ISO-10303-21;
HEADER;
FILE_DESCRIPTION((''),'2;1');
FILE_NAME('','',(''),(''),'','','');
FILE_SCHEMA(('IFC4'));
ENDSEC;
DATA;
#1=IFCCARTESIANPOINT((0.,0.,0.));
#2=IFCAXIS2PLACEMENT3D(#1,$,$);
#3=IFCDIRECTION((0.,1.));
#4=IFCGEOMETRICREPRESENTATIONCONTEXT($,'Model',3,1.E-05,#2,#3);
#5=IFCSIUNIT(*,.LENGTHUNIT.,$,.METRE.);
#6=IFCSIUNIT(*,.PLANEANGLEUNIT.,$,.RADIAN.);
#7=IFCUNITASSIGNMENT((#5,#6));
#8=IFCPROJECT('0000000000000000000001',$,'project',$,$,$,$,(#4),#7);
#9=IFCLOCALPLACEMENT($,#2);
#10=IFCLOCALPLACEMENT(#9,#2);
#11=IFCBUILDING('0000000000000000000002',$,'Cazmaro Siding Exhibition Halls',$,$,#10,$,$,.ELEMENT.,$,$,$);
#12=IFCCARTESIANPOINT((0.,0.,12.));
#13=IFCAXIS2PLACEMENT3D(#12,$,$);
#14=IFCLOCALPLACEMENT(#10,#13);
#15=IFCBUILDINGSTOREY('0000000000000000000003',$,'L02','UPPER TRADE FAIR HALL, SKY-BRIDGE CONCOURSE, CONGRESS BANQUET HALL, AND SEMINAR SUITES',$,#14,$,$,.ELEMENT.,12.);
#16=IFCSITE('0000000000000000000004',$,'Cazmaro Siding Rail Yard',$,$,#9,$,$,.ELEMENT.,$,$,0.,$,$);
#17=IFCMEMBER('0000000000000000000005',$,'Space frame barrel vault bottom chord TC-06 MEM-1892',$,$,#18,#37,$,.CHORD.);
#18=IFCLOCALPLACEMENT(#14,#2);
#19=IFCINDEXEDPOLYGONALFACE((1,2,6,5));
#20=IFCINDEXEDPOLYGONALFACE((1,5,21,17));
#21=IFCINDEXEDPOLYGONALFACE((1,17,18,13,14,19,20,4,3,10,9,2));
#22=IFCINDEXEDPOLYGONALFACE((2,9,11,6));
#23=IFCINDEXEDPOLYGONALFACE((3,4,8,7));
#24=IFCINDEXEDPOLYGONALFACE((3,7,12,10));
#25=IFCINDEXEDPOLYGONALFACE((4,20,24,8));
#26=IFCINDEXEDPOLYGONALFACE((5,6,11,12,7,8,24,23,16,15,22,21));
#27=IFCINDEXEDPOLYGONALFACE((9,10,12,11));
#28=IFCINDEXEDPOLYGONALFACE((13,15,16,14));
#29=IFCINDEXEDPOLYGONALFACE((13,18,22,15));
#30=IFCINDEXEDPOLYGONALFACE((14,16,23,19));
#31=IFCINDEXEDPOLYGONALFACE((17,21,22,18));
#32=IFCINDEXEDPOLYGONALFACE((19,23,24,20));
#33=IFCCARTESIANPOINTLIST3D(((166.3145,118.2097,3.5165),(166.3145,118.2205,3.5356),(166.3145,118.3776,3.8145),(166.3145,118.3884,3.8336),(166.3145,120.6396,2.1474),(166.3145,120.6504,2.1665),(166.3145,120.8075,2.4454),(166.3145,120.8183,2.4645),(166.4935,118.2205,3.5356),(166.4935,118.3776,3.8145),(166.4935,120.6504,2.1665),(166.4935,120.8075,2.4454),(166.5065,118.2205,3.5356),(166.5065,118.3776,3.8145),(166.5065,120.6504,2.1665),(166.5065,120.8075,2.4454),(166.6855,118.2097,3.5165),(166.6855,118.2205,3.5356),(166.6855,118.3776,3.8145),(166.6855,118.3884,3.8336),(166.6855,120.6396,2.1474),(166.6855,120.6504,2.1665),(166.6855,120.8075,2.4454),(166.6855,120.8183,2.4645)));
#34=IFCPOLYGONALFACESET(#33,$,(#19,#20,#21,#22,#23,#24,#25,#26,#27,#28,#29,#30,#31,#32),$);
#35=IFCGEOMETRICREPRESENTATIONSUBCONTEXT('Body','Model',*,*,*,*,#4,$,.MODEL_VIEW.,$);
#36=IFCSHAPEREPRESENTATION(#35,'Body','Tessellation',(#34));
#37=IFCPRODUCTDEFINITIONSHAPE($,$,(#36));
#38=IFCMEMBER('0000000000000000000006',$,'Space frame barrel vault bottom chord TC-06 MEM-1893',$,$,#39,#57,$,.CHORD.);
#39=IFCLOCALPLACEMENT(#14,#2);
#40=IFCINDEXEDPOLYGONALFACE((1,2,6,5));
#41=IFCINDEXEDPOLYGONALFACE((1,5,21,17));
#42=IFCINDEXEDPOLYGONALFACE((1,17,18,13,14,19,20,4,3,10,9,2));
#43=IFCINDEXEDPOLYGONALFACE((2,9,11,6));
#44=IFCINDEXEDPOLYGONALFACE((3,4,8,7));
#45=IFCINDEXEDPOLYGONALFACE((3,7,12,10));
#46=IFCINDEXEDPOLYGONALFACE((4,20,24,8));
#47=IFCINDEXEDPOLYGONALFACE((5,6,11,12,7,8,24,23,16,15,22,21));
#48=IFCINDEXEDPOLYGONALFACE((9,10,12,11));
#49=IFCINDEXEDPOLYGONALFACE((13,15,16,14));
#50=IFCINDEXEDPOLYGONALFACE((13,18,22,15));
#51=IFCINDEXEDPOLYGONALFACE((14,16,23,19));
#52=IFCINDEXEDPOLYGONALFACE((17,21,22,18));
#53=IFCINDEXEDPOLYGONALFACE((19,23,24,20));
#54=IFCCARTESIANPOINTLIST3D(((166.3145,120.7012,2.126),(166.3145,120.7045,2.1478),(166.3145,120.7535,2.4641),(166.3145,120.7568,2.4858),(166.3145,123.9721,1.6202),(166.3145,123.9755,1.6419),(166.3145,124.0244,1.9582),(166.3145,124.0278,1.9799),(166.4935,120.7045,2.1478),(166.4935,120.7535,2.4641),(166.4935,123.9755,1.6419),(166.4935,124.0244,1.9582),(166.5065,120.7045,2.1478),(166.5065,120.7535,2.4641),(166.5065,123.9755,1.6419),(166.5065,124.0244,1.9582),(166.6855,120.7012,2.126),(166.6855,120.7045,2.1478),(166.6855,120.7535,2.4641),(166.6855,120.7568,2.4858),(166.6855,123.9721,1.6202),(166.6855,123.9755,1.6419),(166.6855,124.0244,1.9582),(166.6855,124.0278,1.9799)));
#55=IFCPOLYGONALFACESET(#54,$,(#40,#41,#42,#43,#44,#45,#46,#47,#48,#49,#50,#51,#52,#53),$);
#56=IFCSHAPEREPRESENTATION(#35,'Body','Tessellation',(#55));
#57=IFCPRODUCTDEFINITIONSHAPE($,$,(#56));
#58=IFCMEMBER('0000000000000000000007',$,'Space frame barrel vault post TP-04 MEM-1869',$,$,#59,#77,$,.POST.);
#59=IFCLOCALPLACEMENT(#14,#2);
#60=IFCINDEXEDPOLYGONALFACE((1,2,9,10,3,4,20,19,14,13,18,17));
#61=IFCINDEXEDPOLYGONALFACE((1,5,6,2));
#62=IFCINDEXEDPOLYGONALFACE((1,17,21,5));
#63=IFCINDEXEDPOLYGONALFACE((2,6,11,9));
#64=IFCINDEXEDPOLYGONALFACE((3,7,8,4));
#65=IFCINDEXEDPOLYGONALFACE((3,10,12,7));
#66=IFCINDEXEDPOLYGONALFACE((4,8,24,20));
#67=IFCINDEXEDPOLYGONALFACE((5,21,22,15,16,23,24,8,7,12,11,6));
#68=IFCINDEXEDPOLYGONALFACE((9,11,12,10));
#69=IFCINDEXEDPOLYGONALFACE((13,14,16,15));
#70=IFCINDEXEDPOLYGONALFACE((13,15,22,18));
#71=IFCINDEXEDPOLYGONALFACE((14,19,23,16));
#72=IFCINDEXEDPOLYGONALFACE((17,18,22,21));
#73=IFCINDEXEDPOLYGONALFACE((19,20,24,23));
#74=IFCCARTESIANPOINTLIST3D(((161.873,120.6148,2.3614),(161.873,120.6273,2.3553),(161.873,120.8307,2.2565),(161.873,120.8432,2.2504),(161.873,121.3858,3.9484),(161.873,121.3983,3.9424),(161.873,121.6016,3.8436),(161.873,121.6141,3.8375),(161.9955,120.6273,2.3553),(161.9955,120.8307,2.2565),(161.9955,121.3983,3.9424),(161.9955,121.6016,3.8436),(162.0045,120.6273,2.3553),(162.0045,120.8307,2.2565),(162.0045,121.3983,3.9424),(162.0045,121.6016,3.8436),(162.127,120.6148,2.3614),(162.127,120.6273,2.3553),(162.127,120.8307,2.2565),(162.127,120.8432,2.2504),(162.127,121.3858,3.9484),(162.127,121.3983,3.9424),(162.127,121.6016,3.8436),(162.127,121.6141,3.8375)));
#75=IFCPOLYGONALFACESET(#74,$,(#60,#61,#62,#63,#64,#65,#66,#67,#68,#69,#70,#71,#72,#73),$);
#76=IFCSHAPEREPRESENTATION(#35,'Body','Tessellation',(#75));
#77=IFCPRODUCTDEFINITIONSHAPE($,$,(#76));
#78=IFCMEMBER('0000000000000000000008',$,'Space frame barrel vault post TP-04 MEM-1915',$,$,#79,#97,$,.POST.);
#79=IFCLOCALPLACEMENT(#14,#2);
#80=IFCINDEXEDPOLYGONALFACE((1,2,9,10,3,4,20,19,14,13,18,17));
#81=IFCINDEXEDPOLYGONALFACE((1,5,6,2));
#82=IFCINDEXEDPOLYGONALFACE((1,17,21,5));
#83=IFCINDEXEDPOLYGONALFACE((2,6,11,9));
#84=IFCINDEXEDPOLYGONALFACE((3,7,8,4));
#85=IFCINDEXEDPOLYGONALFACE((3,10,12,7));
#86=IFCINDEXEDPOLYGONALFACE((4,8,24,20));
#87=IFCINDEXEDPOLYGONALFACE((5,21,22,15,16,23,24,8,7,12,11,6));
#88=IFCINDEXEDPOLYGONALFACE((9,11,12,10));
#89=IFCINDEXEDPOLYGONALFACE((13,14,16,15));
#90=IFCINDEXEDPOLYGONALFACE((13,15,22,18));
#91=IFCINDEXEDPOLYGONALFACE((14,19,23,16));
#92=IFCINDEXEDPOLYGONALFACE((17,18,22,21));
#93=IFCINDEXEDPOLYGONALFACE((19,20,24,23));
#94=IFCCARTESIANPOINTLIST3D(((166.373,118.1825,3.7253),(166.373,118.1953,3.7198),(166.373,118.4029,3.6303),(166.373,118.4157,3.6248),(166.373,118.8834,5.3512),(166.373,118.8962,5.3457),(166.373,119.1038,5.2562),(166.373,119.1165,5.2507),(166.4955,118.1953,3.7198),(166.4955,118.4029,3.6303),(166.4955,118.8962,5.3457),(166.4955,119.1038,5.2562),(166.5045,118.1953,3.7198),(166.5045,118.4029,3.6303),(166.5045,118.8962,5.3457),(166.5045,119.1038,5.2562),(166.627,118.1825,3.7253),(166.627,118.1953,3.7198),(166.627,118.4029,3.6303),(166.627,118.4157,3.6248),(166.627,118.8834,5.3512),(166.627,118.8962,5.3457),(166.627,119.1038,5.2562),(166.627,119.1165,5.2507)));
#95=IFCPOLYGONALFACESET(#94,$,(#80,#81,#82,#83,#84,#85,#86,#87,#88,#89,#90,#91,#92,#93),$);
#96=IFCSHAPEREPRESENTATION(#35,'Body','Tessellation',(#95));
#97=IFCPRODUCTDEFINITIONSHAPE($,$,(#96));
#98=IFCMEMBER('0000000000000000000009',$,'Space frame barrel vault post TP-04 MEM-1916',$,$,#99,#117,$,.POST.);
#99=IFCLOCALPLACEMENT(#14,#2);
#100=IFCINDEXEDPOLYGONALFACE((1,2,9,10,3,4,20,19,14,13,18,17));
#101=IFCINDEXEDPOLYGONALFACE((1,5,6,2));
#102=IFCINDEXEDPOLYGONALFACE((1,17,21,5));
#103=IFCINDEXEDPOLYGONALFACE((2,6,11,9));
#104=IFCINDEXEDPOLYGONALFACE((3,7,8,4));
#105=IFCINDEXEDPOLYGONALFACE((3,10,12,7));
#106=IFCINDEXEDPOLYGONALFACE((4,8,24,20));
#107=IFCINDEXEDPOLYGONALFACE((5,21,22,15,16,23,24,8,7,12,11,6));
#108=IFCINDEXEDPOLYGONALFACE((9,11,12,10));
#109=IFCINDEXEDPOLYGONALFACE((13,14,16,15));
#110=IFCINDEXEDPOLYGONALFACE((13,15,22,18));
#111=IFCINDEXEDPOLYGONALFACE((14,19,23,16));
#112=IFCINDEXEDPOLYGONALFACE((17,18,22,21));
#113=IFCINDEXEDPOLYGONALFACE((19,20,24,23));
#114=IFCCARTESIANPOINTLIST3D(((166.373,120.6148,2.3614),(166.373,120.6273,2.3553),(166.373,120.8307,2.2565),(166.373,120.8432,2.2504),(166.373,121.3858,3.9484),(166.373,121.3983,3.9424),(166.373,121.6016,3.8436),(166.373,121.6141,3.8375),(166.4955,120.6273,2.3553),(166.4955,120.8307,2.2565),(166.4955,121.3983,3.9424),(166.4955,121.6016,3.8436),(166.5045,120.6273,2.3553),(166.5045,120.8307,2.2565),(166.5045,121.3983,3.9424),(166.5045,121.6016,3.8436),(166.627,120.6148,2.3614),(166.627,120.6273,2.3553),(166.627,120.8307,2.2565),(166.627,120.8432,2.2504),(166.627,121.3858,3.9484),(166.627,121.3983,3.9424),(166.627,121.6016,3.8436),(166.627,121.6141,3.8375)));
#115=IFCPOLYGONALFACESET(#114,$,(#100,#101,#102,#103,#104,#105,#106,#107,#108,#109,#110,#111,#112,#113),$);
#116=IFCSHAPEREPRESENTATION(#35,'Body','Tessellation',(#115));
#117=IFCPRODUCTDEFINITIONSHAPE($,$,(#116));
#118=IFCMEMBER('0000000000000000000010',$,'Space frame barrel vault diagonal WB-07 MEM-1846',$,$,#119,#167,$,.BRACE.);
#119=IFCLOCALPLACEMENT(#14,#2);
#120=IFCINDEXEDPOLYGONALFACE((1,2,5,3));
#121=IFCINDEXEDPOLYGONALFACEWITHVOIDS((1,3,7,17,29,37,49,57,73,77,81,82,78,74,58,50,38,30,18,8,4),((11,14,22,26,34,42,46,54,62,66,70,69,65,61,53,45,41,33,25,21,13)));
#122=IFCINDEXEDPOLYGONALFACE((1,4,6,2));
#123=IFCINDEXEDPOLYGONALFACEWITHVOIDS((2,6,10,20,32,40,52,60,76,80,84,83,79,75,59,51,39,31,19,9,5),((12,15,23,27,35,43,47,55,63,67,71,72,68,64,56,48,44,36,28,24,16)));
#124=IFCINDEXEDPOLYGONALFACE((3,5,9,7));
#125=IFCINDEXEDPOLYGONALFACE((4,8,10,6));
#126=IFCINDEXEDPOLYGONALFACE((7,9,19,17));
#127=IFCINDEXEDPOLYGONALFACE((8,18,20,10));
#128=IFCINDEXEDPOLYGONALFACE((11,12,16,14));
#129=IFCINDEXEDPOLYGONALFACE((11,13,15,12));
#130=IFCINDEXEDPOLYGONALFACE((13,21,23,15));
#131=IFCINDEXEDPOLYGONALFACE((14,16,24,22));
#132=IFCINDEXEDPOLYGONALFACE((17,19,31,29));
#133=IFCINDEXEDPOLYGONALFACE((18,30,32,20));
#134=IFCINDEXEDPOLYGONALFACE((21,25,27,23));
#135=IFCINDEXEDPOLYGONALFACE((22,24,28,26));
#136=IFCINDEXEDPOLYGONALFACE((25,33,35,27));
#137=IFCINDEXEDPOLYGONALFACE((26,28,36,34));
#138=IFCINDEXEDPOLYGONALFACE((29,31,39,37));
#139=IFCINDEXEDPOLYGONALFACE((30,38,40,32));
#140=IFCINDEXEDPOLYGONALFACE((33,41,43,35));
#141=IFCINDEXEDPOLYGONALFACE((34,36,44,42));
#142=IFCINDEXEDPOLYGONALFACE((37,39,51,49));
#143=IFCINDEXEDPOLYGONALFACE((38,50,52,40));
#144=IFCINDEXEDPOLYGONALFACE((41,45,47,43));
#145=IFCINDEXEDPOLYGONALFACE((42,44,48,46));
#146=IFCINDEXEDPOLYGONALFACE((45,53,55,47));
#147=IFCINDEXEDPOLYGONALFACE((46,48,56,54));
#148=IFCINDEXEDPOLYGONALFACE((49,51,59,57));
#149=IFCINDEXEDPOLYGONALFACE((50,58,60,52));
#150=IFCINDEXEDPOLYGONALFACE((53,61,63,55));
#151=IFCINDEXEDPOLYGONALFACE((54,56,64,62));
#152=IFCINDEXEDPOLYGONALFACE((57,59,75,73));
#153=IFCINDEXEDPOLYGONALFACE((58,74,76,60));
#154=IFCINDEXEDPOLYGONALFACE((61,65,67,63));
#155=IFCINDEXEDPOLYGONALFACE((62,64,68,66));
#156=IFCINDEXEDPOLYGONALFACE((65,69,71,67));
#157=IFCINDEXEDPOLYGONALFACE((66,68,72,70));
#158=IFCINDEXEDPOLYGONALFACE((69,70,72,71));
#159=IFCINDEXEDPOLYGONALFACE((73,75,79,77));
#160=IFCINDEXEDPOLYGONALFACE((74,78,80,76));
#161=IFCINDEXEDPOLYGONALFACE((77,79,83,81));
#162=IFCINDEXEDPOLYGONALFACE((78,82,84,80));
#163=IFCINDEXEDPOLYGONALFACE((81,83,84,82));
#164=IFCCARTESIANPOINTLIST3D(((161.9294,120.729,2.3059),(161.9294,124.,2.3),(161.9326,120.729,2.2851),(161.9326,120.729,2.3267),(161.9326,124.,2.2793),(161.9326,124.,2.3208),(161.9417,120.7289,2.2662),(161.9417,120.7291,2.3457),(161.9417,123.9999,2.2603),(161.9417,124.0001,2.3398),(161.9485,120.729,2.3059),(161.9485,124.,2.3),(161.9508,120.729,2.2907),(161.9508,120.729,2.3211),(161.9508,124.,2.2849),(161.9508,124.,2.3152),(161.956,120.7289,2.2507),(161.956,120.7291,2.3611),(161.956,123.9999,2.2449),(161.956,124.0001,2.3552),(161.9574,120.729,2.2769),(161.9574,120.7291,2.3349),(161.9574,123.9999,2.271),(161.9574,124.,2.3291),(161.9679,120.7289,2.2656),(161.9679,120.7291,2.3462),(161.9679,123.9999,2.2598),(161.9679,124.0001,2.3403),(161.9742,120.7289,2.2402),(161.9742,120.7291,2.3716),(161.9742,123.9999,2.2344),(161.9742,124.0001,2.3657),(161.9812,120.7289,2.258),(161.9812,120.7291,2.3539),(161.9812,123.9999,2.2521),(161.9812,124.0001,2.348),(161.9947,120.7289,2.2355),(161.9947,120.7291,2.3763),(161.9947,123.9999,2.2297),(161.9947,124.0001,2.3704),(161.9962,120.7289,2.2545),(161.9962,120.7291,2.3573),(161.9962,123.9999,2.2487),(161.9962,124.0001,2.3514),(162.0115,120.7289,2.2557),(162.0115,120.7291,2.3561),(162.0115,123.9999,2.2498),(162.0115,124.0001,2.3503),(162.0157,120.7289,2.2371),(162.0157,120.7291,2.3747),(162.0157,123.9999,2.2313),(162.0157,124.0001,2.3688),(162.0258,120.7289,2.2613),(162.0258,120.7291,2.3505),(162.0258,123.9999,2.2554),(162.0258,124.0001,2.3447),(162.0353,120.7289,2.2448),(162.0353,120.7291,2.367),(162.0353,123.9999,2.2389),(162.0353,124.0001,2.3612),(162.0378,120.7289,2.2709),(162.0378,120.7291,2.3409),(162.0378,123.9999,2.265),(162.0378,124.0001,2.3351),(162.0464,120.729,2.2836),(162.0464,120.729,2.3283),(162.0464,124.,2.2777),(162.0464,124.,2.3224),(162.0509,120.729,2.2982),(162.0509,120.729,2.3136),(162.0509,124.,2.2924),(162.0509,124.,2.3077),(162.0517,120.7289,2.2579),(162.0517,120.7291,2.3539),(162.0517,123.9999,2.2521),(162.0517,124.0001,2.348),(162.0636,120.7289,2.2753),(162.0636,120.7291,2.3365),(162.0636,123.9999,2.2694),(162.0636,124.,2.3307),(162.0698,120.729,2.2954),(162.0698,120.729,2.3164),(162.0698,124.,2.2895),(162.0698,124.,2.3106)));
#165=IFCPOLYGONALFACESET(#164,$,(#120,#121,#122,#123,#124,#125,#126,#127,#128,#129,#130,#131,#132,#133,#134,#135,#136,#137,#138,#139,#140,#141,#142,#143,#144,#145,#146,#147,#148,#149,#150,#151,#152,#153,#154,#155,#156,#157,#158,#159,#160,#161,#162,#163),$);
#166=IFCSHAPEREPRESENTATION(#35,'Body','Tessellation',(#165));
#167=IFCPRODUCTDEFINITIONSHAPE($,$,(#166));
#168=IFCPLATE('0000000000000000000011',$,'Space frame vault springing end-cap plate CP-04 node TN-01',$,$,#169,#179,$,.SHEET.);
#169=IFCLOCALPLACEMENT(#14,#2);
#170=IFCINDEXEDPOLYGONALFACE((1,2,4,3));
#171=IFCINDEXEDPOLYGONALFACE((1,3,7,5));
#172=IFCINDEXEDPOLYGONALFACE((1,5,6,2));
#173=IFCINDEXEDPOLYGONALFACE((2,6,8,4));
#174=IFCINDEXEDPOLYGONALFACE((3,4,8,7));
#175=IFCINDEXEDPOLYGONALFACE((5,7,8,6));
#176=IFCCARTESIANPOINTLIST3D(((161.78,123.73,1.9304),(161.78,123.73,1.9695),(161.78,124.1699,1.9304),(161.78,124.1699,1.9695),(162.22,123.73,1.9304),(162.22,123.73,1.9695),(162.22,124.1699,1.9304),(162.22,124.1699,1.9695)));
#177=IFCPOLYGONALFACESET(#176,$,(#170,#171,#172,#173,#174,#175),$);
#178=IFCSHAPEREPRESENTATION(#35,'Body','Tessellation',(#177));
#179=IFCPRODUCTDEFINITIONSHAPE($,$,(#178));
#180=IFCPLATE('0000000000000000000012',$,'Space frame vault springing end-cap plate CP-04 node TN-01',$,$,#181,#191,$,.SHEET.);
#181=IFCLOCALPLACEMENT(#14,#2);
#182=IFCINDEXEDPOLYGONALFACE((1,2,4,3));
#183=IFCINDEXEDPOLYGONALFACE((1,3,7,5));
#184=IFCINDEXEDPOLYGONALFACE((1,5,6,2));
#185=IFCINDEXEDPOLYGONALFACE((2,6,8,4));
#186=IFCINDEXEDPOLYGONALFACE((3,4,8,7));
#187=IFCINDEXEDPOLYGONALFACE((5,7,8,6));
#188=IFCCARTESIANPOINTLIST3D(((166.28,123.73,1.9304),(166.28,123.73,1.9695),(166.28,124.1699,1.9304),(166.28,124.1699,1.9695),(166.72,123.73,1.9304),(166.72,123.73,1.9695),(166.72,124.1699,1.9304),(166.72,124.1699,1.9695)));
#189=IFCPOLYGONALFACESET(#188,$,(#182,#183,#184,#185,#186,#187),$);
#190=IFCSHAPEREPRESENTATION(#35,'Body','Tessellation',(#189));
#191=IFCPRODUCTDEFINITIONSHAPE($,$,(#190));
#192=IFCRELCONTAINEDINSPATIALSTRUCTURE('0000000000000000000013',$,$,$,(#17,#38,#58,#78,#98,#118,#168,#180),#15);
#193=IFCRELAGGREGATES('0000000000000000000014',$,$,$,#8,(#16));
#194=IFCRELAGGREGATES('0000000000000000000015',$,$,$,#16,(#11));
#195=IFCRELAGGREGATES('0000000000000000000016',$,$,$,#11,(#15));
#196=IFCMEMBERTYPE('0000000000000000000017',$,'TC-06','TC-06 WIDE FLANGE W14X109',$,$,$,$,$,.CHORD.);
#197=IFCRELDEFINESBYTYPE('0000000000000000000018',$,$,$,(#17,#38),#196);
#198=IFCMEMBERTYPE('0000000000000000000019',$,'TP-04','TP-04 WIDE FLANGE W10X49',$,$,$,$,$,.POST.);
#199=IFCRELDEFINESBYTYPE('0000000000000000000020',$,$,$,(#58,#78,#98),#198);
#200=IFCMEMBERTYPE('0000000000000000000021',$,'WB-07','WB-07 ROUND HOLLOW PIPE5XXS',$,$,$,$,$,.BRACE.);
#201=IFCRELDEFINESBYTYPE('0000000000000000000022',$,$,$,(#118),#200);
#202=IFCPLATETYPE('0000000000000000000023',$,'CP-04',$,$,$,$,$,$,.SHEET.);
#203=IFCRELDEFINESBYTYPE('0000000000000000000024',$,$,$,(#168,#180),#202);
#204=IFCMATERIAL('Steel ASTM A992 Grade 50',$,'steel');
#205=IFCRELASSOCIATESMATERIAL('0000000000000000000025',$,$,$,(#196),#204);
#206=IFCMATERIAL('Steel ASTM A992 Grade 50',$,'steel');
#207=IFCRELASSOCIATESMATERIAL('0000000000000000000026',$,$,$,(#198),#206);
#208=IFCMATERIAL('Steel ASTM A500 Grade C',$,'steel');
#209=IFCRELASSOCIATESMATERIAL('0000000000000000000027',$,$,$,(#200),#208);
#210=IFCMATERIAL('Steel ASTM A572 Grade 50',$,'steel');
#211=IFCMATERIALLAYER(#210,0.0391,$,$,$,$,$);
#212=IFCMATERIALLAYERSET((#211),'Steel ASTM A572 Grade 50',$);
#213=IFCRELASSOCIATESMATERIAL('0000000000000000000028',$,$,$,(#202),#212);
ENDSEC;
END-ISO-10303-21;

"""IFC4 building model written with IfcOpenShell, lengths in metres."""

from ifc_helpers import new_model, si_unit, direction, frame, origin, origin_2d, place, context, subcontext, project, spatial, rectangle, hollow_circle, i_section, extrude, material, layer, layer_set, material_profile, profile_set, type_object, element, save


model = new_model("IFC4")

# Units and contexts
model_context = context("Model", 3, precision=1e-05, world=origin(), true_north=direction((0.0, 1.0)))
body_context = subcontext(model_context, "Body", "Model", "MODEL_VIEW")
ifc_project = project(units=[si_unit("LENGTHUNIT", "METRE"), si_unit("PLANEANGLEUNIT", "RADIAN")], contexts=[model_context])

# Site, building, storey
site_placement = place(None, origin())
site = spatial("IfcSite", under=ifc_project, at=site_placement, Name="Cazmaro Siding Rail Yard", CompositionType="ELEMENT", RefElevation=0.0)
building_placement = place(site_placement, origin())
building = spatial("IfcBuilding", under=site, at=building_placement, Name="Cazmaro Siding Exhibition Halls", CompositionType="ELEMENT")
storey_placement = place(building_placement, frame((0.0, 0.0, 12.0)))
storey = spatial("IfcBuildingStorey", under=building, at=storey_placement, Name="L02", Description="UPPER TRADE FAIR HALL, SKY-BRIDGE CONCOURSE, CONGRESS BANQUET HALL, AND SEMINAR SUITES", CompositionType="ELEMENT", Elevation=12.0)

# Members
ifc_material_1 = material(Name="Steel ASTM A992 Grade 50", Category="steel")
ifc_material_profile_1 = material_profile(ifc_material_1, i_section(OverallWidth=0.3711, OverallDepth=0.364, WebThickness=0.0129, FlangeThickness=0.022, at=origin_2d()), Name="W14X109")
ifc_profile_set_1 = profile_set([ifc_material_profile_1], Name="Steel ASTM A992 Grade 50")
member_type_1 = type_object("IfcMemberType", Name="TC-06", Description="TC-06 WIDE FLANGE W14X109", PredefinedType="CHORD", material=ifc_profile_set_1)
member_1_placement = place(storey_placement, frame((166.5, 118.2991, 3.675), z_axis=(0.0, 0.871222, -0.490889), x_axis=(-1.0, 0.0, 0.0)))
element("IfcMember", 1, at=member_1_placement, inside=storey, type_object=member_type_1, Name="Space frame barrel vault bottom chord TC-06 MEM-1892", PredefinedType="CHORD", context=body_context, shape_type="SweptSolid", body=[
    extrude(i_section(OverallWidth=0.3711, OverallDepth=0.364, WebThickness=0.0129, FlangeThickness=0.022, at=origin_2d()), origin(), (0.0, 0.0, 1.0), 2.7891),
])
member_2_placement = place(storey_placement, frame((166.5, 120.729, 2.3059), z_axis=(0.0, 0.988252, -0.152833), x_axis=(-1.0, 0.0, 0.0)))
element("IfcMember", 2, at=member_2_placement, inside=storey, type_object=member_type_1, Name="Space frame barrel vault bottom chord TC-06 MEM-1893", PredefinedType="CHORD", context=body_context, shape_type="SweptSolid", body=[
    extrude(i_section(OverallWidth=0.3711, OverallDepth=0.364, WebThickness=0.0129, FlangeThickness=0.022, at=origin_2d()), origin(), (0.0, 0.0, 1.0), 3.3098),
])
ifc_material_2 = material(Name="Steel ASTM A992 Grade 50", Category="steel")
ifc_material_profile_2 = material_profile(ifc_material_2, i_section(OverallWidth=0.2539, OverallDepth=0.2539, WebThickness=0.009, FlangeThickness=0.0139, at=origin_2d()), Name="W10X49")
ifc_profile_set_2 = profile_set([ifc_material_profile_2], Name="Steel ASTM A992 Grade 50")
member_type_2 = type_object("IfcMemberType", Name="TP-04", Description="TP-04 WIDE FLANGE W10X49", PredefinedType="POST", material=ifc_profile_set_2)
member_3_placement = place(storey_placement, frame((162.0, 120.729, 2.3059), z_axis=(0.0, 0.436946, 0.899488), x_axis=(-1.0, 0.0, 0.0)))
element("IfcMember", 3, at=member_3_placement, inside=storey, type_object=member_type_2, Name="Space frame barrel vault post TP-04 MEM-1869", PredefinedType="POST", context=body_context, shape_type="SweptSolid", body=[
    extrude(i_section(OverallWidth=0.2539, OverallDepth=0.2539, WebThickness=0.009, FlangeThickness=0.0139, at=origin_2d()), origin(), (0.0, 0.0, 1.0), 1.7644),
])
member_4_placement = place(storey_placement, frame((166.5, 118.2991, 3.675), z_axis=(0.0, 0.395865, 0.918309), x_axis=(-1.0, 0.0, 0.0)))
element("IfcMember", 4, at=member_4_placement, inside=storey, type_object=member_type_2, Name="Space frame barrel vault post TP-04 MEM-1915", PredefinedType="POST", context=body_context, shape_type="SweptSolid", body=[
    extrude(i_section(OverallWidth=0.2539, OverallDepth=0.2539, WebThickness=0.009, FlangeThickness=0.0139, at=origin_2d()), origin(), (0.0, 0.0, 1.0), 1.7705),
])
member_5_placement = place(storey_placement, frame((166.5, 120.729, 2.3059), z_axis=(0.0, 0.436946, 0.899488), x_axis=(-1.0, 0.0, 0.0)))
element("IfcMember", 5, at=member_5_placement, inside=storey, type_object=member_type_2, Name="Space frame barrel vault post TP-04 MEM-1916", PredefinedType="POST", context=body_context, shape_type="SweptSolid", body=[
    extrude(i_section(OverallWidth=0.2539, OverallDepth=0.2539, WebThickness=0.009, FlangeThickness=0.0139, at=origin_2d()), origin(), (0.0, 0.0, 1.0), 1.7644),
])
ifc_material_3 = material(Name="Steel ASTM A500 Grade C", Category="steel")
ifc_material_profile_3 = material_profile(ifc_material_3, hollow_circle(Radius=0.0706, WallThickness=0.019, at=origin_2d()), Name="PIPE5XXS")
ifc_profile_set_3 = profile_set([ifc_material_profile_3], Name="Steel ASTM A500 Grade C")
member_type_3 = type_object("IfcMemberType", Name="WB-07", Description="WB-07 ROUND HOLLOW PIPE5XXS", PredefinedType="BRACE", material=ifc_profile_set_3)
member_6_placement = place(storey_placement, frame((162.0, 120.729, 2.3059), z_axis=(0.0, 0.999998, -0.001791), x_axis=(-1.0, 0.0, 0.0)))
element("IfcMember", 6, at=member_6_placement, inside=storey, type_object=member_type_3, Name="Space frame barrel vault diagonal WB-07 MEM-1846", PredefinedType="BRACE", context=body_context, shape_type="SweptSolid", body=[
    extrude(hollow_circle(Radius=0.0706, WallThickness=0.019, at=origin_2d()), origin(), (0.0, 0.0, 1.0), 3.271),
])

# Plates
ifc_material_4 = material(Name="Steel ASTM A572 Grade 50", Category="steel")
ifc_layer_1 = layer(ifc_material_4, 0.0391)
ifc_layer_set_1 = layer_set([ifc_layer_1], Name="Steel ASTM A572 Grade 50")
plate_type_1 = type_object("IfcPlateType", Name="CP-04", PredefinedType="SHEET", material=ifc_layer_set_1)
for number, where, z_axis, x_axis, name in (
    (7, (162.0, 123.95, 1.9304), (0.0, 0.0, 1.0), (1.0, 0.0, 0.0), "Space frame vault springing end-cap plate CP-04 node TN-01"),
    (8, (166.5, 123.95, 1.9304), (0.0, 0.0, 1.0), (1.0, 0.0, 0.0), "Space frame vault springing end-cap plate CP-04 node TN-01"),
):
    element("IfcPlate", number, at=place(storey_placement, frame(where, z_axis=z_axis, x_axis=x_axis)), inside=storey, type_object=plate_type_1, Name=name, PredefinedType="SHEET", context=body_context, shape_type="SweptSolid", body=[
        extrude(rectangle(XDim=0.4399, YDim=0.4399, at=origin_2d()), origin(), (0.0, 0.0, 1.0), 0.0391),
    ])

save(model, "model.ifc")
